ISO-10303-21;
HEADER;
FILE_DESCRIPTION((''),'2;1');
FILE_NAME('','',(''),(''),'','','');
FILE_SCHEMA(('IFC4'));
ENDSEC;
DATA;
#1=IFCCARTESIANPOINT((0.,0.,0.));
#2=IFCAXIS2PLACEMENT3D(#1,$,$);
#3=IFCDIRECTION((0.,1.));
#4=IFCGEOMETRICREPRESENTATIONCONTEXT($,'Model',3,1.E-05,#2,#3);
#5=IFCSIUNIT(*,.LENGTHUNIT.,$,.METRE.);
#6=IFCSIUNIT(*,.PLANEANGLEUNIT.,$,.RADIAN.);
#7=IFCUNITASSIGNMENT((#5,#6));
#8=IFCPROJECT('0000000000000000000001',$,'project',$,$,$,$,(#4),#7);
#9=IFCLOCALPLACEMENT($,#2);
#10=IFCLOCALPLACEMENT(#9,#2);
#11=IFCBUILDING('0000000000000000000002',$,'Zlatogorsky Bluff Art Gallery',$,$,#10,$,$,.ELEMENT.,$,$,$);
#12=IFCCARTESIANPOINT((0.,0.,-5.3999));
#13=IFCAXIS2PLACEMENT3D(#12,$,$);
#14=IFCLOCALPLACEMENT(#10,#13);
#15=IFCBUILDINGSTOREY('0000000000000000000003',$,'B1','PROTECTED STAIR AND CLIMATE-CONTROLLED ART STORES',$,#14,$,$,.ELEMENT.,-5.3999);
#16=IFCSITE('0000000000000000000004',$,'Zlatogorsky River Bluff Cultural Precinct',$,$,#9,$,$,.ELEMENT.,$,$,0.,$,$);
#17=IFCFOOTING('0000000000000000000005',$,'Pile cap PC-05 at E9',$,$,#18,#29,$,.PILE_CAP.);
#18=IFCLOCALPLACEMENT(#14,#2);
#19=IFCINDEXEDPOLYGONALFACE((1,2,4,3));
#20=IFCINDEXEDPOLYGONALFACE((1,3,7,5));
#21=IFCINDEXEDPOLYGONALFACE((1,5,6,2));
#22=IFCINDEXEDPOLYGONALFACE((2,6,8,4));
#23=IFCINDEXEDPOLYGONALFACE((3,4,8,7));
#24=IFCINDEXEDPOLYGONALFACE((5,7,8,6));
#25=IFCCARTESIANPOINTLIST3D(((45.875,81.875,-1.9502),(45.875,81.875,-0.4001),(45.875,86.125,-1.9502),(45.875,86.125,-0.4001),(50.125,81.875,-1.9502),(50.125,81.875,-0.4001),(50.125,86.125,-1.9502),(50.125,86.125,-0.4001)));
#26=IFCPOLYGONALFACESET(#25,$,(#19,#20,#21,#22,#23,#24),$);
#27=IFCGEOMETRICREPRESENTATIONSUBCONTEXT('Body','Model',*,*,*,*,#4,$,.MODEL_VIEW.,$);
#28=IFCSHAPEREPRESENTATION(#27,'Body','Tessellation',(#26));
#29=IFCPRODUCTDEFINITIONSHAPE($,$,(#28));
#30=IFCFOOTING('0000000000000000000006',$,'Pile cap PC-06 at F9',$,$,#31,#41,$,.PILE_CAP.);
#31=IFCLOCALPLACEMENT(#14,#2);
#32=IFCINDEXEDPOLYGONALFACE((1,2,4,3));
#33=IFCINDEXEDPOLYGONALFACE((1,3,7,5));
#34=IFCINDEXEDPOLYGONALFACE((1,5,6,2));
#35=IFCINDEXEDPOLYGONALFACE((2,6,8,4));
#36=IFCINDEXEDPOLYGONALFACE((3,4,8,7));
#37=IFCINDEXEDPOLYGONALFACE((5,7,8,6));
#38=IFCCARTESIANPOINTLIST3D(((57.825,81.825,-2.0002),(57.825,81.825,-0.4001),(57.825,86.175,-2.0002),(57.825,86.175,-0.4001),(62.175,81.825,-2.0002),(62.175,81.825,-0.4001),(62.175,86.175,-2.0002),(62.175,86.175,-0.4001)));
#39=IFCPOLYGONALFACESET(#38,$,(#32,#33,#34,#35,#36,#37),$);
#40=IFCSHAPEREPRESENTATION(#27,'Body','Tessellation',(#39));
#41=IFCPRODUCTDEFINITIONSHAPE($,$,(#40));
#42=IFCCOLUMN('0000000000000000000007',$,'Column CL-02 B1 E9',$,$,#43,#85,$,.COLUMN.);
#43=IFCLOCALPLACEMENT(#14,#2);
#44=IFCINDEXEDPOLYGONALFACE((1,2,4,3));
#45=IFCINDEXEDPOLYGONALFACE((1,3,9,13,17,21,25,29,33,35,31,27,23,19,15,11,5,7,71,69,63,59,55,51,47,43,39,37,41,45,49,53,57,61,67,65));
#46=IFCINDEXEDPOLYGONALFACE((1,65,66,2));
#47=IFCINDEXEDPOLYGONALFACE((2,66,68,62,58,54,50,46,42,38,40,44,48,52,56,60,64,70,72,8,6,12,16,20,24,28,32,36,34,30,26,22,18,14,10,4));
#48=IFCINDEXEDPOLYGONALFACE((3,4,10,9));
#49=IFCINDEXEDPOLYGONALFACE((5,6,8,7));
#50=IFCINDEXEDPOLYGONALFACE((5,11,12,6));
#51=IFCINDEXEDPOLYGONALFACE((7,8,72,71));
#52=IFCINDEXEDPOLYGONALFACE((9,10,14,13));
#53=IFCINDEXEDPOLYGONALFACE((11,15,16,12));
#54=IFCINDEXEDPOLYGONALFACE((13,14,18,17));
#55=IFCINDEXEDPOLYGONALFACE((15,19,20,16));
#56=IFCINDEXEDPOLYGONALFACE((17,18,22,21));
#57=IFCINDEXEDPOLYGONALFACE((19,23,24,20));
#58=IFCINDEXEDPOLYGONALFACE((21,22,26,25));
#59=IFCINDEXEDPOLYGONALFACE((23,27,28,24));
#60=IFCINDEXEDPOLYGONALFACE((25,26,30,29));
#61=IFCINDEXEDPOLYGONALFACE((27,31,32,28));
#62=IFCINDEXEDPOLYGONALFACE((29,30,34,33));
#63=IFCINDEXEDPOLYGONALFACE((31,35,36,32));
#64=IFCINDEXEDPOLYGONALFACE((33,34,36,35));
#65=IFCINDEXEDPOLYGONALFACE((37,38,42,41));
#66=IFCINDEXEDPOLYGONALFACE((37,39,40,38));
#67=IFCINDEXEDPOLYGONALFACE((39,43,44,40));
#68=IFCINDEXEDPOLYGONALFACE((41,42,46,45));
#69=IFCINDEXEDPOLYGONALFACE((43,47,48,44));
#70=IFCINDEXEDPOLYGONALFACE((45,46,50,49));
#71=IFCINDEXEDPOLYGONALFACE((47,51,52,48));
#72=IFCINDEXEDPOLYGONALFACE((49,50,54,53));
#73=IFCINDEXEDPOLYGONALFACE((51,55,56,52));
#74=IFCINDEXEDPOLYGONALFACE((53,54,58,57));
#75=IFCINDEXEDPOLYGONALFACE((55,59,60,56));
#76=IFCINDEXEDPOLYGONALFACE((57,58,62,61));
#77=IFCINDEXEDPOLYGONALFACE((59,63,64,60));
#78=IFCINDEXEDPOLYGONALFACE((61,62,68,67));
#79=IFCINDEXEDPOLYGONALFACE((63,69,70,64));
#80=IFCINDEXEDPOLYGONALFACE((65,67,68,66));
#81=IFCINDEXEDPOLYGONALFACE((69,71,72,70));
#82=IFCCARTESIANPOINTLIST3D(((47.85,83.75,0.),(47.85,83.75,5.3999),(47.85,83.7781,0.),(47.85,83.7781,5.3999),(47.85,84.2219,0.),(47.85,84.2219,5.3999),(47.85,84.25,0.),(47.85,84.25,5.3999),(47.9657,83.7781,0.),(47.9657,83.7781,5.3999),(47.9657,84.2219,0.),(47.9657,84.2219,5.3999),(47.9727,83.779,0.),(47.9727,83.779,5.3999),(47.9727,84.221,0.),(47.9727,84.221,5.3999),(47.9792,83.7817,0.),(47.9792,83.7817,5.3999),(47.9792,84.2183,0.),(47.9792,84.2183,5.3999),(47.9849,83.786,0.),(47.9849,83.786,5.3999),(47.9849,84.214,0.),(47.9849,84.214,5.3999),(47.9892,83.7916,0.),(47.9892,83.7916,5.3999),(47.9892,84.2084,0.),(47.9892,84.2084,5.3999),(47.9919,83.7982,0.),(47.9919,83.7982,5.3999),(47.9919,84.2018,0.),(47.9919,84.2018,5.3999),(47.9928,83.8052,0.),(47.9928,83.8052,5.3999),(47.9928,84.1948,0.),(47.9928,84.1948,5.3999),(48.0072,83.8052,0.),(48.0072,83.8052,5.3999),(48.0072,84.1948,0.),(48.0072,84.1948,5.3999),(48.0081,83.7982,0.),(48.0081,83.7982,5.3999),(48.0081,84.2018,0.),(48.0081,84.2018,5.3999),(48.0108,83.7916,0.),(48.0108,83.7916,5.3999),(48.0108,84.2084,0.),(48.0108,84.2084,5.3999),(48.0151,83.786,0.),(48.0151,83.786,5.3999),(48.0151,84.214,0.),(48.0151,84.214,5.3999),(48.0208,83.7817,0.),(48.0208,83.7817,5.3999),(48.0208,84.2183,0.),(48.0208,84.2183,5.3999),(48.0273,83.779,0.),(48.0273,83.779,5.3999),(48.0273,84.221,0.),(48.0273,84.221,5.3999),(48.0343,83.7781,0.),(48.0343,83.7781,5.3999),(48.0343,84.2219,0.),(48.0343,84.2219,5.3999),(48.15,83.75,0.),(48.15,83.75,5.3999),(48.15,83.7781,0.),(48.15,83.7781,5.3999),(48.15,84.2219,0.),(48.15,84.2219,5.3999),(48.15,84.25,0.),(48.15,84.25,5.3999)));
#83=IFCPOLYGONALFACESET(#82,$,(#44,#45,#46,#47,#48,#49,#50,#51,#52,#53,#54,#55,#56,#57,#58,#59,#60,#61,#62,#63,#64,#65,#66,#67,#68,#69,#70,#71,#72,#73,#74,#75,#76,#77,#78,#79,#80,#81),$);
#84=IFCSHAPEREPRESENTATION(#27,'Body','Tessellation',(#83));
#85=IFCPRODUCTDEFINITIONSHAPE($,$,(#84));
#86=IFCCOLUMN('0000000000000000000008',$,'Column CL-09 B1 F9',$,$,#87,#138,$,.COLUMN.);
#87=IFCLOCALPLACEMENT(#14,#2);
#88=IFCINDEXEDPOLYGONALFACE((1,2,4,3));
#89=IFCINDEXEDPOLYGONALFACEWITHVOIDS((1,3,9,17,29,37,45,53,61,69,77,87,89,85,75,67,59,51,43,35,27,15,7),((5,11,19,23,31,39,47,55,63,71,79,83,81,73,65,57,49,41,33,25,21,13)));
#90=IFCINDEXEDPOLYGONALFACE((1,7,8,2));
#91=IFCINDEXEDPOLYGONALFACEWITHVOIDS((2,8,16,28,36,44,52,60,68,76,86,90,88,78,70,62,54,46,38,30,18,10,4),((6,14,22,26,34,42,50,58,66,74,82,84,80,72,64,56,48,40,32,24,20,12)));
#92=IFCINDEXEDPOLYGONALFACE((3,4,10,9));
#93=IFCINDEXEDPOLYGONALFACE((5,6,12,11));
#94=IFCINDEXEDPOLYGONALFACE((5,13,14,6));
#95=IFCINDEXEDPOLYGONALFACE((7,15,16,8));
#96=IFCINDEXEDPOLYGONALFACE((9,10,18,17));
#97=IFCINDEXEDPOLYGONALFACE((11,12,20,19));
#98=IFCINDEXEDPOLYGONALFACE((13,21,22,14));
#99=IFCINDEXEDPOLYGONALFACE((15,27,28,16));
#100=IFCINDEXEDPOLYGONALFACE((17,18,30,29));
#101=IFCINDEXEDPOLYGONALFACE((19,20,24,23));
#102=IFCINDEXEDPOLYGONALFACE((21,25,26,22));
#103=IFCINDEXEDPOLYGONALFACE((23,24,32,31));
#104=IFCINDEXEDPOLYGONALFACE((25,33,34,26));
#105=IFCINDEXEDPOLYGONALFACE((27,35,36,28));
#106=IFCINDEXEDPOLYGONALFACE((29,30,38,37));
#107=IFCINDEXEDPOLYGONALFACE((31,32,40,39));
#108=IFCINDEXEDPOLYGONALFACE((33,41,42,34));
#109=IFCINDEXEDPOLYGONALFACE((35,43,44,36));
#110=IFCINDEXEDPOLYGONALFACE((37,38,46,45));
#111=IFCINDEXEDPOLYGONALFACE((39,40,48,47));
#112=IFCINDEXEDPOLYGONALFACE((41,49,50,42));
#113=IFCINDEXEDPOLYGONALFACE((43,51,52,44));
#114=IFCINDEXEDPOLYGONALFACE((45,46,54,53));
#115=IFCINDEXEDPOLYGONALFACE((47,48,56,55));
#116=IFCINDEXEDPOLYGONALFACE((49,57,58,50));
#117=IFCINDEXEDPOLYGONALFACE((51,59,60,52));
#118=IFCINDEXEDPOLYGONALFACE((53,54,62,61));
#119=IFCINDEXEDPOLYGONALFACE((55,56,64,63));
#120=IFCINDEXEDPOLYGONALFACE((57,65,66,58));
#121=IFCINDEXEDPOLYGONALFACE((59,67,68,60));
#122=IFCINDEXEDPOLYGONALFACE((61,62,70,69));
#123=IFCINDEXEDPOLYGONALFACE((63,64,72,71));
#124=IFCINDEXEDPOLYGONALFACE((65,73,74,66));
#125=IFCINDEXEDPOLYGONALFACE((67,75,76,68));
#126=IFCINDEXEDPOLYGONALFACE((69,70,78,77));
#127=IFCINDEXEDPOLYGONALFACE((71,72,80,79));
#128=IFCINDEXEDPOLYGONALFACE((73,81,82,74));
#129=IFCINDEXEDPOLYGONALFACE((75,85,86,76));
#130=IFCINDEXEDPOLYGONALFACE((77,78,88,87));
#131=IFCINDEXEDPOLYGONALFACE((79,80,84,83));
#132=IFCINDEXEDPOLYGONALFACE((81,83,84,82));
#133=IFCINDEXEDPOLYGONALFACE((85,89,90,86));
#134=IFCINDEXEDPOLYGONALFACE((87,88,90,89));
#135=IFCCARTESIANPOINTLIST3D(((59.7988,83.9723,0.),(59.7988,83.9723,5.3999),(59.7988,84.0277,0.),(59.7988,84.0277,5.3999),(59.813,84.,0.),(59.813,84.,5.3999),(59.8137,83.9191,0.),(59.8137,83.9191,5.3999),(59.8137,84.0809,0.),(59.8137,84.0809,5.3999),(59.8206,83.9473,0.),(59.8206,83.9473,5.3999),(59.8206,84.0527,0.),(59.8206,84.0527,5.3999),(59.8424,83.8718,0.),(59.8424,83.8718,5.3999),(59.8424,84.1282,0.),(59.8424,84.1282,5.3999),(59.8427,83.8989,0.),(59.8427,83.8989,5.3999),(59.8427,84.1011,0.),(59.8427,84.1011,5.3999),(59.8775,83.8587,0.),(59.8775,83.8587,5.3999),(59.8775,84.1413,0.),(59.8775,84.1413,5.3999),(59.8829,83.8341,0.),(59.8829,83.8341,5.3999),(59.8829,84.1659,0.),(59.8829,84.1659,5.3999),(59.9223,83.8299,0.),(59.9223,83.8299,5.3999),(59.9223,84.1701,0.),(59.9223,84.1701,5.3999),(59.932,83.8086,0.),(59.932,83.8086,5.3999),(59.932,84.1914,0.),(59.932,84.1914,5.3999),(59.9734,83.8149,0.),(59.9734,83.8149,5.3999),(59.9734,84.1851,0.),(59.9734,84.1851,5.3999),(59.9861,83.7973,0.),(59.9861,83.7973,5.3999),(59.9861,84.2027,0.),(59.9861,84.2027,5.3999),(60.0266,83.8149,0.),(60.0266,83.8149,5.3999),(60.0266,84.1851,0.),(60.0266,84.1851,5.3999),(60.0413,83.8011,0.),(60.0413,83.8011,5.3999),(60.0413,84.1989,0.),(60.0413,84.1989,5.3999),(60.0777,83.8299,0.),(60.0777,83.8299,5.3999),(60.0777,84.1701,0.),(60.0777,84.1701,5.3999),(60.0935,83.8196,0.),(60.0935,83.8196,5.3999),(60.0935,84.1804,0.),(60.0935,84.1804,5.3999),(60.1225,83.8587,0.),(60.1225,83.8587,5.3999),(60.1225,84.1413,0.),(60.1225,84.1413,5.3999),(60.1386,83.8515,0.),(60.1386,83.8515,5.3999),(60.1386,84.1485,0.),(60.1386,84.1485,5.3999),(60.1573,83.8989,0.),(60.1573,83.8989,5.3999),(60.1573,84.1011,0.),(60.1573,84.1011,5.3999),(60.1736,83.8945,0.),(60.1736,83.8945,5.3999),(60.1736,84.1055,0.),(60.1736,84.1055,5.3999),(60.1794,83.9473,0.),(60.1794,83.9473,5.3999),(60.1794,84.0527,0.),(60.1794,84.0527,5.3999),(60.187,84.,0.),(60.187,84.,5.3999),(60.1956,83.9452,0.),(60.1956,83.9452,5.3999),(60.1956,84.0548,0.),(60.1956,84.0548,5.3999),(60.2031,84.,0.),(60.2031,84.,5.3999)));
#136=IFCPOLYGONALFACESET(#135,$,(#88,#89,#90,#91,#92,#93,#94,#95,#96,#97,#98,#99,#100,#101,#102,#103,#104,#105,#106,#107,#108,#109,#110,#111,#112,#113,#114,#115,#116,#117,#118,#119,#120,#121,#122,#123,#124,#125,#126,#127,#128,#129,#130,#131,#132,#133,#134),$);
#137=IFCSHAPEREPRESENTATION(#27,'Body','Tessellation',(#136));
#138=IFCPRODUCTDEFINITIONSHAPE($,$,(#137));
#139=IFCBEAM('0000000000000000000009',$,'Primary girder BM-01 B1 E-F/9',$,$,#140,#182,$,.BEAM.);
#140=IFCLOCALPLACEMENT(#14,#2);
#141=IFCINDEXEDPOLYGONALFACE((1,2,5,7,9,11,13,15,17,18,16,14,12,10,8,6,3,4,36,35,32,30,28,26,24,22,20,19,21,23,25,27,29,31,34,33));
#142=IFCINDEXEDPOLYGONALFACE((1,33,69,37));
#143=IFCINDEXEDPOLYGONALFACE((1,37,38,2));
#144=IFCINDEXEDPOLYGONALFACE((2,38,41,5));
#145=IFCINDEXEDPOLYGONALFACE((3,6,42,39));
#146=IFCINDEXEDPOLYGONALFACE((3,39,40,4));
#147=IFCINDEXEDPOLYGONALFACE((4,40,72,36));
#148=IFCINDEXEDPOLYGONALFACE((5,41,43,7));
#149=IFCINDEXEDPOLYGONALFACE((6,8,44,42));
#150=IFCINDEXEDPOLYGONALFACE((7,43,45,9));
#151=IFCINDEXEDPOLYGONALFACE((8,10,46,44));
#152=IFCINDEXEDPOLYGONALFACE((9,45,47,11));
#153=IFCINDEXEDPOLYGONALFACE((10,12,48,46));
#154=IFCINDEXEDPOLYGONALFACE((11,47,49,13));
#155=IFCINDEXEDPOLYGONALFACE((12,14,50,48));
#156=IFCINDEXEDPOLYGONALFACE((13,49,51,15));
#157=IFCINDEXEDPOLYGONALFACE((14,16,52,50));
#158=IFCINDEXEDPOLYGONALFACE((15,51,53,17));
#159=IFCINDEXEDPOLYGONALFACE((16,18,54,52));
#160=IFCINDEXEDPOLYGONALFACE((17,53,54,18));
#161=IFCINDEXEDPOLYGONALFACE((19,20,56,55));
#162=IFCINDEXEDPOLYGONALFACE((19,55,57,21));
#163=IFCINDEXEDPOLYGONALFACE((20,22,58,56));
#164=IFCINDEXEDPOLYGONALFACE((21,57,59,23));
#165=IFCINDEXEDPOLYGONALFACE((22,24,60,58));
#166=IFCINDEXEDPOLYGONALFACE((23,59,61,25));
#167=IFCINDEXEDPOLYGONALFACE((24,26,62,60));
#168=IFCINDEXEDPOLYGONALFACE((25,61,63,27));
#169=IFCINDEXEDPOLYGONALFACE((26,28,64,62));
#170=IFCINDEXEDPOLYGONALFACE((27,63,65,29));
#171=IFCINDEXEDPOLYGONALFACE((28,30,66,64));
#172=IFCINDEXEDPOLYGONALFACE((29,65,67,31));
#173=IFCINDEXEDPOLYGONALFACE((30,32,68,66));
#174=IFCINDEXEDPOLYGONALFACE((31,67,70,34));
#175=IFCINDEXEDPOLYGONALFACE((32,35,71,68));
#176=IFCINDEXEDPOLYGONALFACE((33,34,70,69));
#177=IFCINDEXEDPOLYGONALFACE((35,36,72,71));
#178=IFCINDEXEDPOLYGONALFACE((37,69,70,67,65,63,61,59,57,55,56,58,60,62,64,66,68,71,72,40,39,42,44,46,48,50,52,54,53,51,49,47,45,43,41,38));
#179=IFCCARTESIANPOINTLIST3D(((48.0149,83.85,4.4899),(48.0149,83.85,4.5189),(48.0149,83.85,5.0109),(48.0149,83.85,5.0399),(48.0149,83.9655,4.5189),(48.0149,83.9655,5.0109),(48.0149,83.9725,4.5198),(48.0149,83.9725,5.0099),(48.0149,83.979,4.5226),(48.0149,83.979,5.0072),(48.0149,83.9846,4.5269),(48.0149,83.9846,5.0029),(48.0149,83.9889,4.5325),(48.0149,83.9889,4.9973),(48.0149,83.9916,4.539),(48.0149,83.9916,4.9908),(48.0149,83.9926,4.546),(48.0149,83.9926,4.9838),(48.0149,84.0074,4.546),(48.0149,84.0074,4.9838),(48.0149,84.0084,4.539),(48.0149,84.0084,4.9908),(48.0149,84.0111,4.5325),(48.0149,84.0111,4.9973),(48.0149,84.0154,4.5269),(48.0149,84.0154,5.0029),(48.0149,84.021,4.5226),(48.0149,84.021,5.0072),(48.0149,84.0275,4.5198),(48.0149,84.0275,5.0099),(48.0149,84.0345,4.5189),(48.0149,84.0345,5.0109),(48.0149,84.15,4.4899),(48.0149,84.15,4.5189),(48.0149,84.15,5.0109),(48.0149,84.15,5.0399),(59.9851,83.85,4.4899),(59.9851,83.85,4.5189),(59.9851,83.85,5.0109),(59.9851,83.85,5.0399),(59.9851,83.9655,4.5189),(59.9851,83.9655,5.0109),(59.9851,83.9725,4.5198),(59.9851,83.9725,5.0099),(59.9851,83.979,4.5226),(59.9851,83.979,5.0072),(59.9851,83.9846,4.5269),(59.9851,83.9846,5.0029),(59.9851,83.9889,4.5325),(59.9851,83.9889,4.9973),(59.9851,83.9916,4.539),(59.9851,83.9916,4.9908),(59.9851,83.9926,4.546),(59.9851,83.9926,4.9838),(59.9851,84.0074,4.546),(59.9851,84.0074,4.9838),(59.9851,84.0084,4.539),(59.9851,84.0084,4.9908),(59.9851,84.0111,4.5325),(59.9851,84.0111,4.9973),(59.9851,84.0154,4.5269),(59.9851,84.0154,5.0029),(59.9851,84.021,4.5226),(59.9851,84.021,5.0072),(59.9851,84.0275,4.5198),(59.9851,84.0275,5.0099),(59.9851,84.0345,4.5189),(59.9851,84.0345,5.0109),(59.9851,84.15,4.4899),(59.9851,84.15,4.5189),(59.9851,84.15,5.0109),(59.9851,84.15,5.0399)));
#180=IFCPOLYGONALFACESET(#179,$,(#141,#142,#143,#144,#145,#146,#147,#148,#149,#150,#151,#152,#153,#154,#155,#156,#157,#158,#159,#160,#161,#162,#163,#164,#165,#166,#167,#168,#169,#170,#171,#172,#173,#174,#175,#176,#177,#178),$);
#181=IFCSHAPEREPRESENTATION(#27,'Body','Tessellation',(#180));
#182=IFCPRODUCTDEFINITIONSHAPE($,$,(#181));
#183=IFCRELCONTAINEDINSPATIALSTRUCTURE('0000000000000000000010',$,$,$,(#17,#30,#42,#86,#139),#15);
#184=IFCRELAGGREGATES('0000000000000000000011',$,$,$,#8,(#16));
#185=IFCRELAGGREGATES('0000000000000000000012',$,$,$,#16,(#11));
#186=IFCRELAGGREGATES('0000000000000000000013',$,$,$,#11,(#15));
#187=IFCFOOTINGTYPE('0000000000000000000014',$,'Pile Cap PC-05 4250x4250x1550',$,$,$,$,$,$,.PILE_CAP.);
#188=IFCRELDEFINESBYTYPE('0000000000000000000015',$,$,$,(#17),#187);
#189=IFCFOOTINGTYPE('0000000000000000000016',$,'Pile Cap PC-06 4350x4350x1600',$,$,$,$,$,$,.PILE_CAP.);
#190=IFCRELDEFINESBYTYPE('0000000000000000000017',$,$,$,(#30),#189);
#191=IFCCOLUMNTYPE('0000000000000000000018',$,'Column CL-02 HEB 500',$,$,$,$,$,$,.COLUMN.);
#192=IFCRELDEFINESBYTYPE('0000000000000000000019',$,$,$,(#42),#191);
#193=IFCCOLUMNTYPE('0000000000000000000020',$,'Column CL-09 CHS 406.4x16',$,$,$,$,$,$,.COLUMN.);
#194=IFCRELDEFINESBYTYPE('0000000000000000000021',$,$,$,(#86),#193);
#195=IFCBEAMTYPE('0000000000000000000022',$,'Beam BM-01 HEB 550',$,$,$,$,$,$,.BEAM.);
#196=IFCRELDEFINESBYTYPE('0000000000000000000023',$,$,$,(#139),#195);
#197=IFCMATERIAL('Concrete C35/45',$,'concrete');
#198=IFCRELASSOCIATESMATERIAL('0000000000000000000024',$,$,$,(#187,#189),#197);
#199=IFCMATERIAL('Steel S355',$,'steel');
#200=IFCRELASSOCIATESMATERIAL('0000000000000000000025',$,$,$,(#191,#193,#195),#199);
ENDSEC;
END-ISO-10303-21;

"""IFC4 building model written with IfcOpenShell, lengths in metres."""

from ifc_helpers import new_model, si_unit, direction, frame, origin, origin_2d, place, context, subcontext, project, spatial, rectangle, hollow_circle, i_section, extrude, material, material_profile, profile_set, type_object, element, save


model = new_model("IFC4")

# Units and contexts
model_context = context("Model", 3, precision=1e-05, world=origin(), true_north=direction((0.0, 1.0)))
body_context = subcontext(model_context, "Body", "Model", "MODEL_VIEW")
ifc_project = project(units=[si_unit("LENGTHUNIT", "METRE"), si_unit("PLANEANGLEUNIT", "RADIAN")], contexts=[model_context])

# Site, building, storey
site_placement = place(None, origin())
site = spatial("IfcSite", under=ifc_project, at=site_placement, Name="Zlatogorsky River Bluff Cultural Precinct", CompositionType="ELEMENT", RefElevation=0.0)
building_placement = place(site_placement, origin())
building = spatial("IfcBuilding", under=site, at=building_placement, Name="Zlatogorsky Bluff Art Gallery", CompositionType="ELEMENT")
storey_placement = place(building_placement, frame((0.0, 0.0, -5.3999)))
storey = spatial("IfcBuildingStorey", under=building, at=storey_placement, Name="B1", Description="PROTECTED STAIR AND CLIMATE-CONTROLLED ART STORES", CompositionType="ELEMENT", Elevation=-5.3999)

# Footings
ifc_material_1 = material(Name="Concrete C35/45", Category="concrete")
footing_type_1 = type_object("IfcFootingType", Name="Pile Cap PC-05 4250x4250x1550", PredefinedType="PILE_CAP", material=ifc_material_1)
footing_1_placement = place(storey_placement, frame((48.0, 84.0, -1.9502), z_axis=(0.0, 0.0, 1.0), x_axis=(1.0, 0.0, 0.0)))
element("IfcFooting", 1, at=footing_1_placement, inside=storey, type_object=footing_type_1, Name="Pile cap PC-05 at E9", PredefinedType="PILE_CAP", context=body_context, shape_type="SweptSolid", body=[
    extrude(rectangle(XDim=4.25, YDim=4.25, at=origin_2d()), origin(), (0.0, 0.0, 1.0), 1.55),
])
footing_type_2 = type_object("IfcFootingType", Name="Pile Cap PC-06 4350x4350x1600", PredefinedType="PILE_CAP", material=ifc_material_1)
footing_2_placement = place(storey_placement, frame((60.0, 84.0, -2.0002), z_axis=(0.0, 0.0, 1.0), x_axis=(1.0, 0.0, 0.0)))
element("IfcFooting", 2, at=footing_2_placement, inside=storey, type_object=footing_type_2, Name="Pile cap PC-06 at F9", PredefinedType="PILE_CAP", context=body_context, shape_type="SweptSolid", body=[
    extrude(rectangle(XDim=4.3501, YDim=4.3501, at=origin_2d()), origin(), (0.0, 0.0, 1.0), 1.6001),
])

# Columns
ifc_material_2 = material(Name="Steel S355", Category="steel")
ifc_material_profile_1 = material_profile(ifc_material_2, i_section(OverallWidth=0.3, OverallDepth=0.5, WebThickness=0.0144, FlangeThickness=0.0281, FilletRadius=0.0271, at=origin_2d()), Name="HEB 500")
ifc_profile_set_1 = profile_set([ifc_material_profile_1], Name="Steel S355")
column_type_1 = type_object("IfcColumnType", Name="Column CL-02 HEB 500", PredefinedType="COLUMN", material=ifc_profile_set_1)
column_1_placement = place(storey_placement, frame((48.0, 84.0, 0.0), z_axis=(0.0, 0.0, 1.0), x_axis=(1.0, 0.0, 0.0)))
element("IfcColumn", 3, at=column_1_placement, inside=storey, type_object=column_type_1, Name="Column CL-02 B1 E9", PredefinedType="COLUMN", context=body_context, shape_type="SweptSolid", body=[
    extrude(i_section(OverallWidth=0.3, OverallDepth=0.5, WebThickness=0.0144, FlangeThickness=0.0281, FilletRadius=0.0271, at=origin_2d()), origin(), (0.0, 0.0, 1.0), 5.3999),
])
ifc_material_profile_2 = material_profile(ifc_material_2, hollow_circle(Radius=0.2031, WallThickness=0.0161, at=origin_2d()), Name="CHS 406.4x16")
ifc_profile_set_2 = profile_set([ifc_material_profile_2], Name="Steel S355")
column_type_2 = type_object("IfcColumnType", Name="Column CL-09 CHS 406.4x16", PredefinedType="COLUMN", material=ifc_profile_set_2)
column_2_placement = place(storey_placement, frame((60.0, 84.0, 0.0), z_axis=(0.0, 0.0, 1.0), x_axis=(1.0, 0.0, 0.0)))
element("IfcColumn", 4, at=column_2_placement, inside=storey, type_object=column_type_2, Name="Column CL-09 B1 F9", PredefinedType="COLUMN", context=body_context, shape_type="SweptSolid", body=[
    extrude(hollow_circle(Radius=0.2031, WallThickness=0.0161, at=origin_2d()), origin(), (0.0, 0.0, 1.0), 5.3999),
])

# Beam
ifc_material_profile_3 = material_profile(ifc_material_2, i_section(OverallWidth=0.3, OverallDepth=0.55, WebThickness=0.0149, FlangeThickness=0.0291, FilletRadius=0.0271, at=origin_2d()), Name="HEB 550")
ifc_profile_set_3 = profile_set([ifc_material_profile_3], Name="Steel S355")
beam_type_1 = type_object("IfcBeamType", Name="Beam BM-01 HEB 550", PredefinedType="BEAM", material=ifc_profile_set_3)
for number, where, z_axis, x_axis, name in (
    (5, (48.0149, 84.0, 4.7649), (1.0, 0.0, 0.0), (0.0, 1.0, 0.0), "Primary girder BM-01 B1 E-F/9"),
):
    element("IfcBeam", number, at=place(storey_placement, frame(where, z_axis=z_axis, x_axis=x_axis)), inside=storey, type_object=beam_type_1, Name=name, PredefinedType="BEAM", context=body_context, shape_type="SweptSolid", body=[
        extrude(i_section(OverallWidth=0.3, OverallDepth=0.55, WebThickness=0.0149, FlangeThickness=0.0291, FilletRadius=0.0271, at=origin_2d()), origin(), (0.0, 0.0, 1.0), 11.9702),
    ])

save(model, "model.ifc")
